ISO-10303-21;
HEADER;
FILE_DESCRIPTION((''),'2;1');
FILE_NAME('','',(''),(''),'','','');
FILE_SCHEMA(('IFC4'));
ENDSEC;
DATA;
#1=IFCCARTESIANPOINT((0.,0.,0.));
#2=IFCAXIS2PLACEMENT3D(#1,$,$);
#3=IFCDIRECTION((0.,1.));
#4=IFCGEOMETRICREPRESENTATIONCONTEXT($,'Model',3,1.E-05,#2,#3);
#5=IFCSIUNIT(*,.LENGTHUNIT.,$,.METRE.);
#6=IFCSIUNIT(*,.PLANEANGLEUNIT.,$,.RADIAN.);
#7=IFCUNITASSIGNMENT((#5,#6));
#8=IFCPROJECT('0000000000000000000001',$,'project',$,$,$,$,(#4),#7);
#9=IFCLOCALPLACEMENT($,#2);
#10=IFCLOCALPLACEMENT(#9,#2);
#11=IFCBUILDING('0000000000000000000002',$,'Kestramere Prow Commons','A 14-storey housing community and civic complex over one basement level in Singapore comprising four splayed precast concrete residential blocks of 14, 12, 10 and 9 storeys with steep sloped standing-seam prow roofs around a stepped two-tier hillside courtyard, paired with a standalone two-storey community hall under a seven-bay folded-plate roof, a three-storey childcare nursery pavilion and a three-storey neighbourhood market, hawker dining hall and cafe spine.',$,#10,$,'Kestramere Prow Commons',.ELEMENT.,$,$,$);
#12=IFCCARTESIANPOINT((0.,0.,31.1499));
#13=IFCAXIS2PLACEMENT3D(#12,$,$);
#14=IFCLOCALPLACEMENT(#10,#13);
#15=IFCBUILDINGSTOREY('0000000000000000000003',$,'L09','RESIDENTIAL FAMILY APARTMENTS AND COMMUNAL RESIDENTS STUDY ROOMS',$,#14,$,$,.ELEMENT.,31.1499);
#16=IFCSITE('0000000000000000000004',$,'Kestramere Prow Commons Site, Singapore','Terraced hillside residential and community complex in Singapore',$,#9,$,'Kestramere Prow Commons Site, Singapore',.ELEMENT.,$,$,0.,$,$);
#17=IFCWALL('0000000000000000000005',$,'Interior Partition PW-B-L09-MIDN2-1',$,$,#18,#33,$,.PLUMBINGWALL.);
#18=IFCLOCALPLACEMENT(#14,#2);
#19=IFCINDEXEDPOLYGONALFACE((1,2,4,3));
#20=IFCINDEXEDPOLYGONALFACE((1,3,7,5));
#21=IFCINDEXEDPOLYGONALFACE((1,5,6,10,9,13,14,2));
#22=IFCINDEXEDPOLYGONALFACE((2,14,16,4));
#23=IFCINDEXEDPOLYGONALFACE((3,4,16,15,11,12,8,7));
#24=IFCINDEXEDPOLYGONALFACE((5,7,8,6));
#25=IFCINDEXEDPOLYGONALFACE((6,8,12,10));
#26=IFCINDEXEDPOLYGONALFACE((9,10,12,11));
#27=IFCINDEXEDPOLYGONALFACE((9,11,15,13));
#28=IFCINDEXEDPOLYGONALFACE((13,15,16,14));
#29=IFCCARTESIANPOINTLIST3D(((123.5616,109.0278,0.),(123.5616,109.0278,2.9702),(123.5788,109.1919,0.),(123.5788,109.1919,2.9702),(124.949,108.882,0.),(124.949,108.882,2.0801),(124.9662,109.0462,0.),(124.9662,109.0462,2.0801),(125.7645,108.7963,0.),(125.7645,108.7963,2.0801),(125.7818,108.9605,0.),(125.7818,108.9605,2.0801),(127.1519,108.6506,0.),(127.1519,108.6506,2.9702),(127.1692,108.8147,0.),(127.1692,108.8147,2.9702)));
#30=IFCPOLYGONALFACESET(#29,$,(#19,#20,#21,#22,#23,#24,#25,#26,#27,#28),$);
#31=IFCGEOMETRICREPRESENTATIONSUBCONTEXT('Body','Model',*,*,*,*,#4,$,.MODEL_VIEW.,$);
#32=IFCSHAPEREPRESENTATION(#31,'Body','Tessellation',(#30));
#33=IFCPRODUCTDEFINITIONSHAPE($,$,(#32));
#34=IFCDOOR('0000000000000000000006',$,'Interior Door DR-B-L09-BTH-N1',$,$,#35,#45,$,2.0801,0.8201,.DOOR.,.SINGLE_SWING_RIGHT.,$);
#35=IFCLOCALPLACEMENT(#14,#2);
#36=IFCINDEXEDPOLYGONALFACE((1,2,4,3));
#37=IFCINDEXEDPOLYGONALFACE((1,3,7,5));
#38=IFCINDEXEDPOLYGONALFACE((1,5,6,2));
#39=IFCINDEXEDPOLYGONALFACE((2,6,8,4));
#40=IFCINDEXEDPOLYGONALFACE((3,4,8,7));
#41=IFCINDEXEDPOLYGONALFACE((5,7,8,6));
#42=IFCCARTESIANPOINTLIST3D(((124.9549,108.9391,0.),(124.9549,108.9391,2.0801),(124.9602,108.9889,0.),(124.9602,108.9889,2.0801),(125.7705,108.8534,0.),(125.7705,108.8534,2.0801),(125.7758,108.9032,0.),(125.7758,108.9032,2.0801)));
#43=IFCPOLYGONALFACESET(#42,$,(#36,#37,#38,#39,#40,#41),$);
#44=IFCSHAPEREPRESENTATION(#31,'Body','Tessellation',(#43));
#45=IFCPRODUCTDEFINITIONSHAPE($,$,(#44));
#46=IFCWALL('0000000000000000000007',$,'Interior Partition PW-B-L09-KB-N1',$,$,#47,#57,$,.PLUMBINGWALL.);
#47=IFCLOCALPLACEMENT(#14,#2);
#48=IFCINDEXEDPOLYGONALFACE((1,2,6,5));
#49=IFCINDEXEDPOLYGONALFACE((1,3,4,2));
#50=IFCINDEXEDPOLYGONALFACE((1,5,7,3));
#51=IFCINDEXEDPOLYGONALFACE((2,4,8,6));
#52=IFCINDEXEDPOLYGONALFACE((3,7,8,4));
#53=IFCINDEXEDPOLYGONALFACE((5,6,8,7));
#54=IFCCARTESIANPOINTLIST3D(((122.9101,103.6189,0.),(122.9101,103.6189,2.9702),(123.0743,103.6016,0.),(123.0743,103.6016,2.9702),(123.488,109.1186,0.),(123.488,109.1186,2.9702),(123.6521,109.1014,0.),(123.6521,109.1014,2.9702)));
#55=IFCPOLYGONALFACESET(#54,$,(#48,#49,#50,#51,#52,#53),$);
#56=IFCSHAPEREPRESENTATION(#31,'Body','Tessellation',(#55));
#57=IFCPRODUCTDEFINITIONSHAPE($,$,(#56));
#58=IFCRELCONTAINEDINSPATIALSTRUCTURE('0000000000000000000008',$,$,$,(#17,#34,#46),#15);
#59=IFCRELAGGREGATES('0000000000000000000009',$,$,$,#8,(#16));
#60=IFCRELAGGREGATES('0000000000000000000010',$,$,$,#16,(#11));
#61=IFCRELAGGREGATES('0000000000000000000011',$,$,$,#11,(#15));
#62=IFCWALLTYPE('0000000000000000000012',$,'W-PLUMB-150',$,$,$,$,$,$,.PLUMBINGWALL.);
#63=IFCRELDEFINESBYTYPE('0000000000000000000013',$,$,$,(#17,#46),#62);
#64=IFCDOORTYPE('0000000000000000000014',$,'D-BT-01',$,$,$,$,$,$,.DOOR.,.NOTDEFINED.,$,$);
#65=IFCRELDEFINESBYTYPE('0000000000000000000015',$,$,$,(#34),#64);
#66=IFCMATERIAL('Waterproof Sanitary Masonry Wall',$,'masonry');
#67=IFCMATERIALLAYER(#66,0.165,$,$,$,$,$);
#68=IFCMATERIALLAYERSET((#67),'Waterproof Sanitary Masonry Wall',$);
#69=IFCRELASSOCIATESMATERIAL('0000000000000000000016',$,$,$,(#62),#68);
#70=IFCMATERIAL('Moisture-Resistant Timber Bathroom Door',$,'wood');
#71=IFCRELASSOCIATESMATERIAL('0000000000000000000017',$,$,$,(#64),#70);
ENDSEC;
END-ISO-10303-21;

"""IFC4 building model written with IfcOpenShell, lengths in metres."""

from ifc_helpers import new_model, si_unit, direction, frame, frame_2d, origin, place, context, subcontext, project, spatial, rectangle, extrude, material, layer, layer_set, type_object, element, fill, save


model = new_model("IFC4")

# Units and contexts
model_context = context("Model", 3, precision=1e-05, world=origin(), true_north=direction((0.0, 1.0)))
body_context = subcontext(model_context, "Body", "Model", "MODEL_VIEW")
ifc_project = project(units=[si_unit("LENGTHUNIT", "METRE"), si_unit("PLANEANGLEUNIT", "RADIAN")], contexts=[model_context])

# Site, building, storey
site_placement = place(None, origin())
site = spatial("IfcSite", under=ifc_project, at=site_placement, Name="Kestramere Prow Commons Site, Singapore", Description="Terraced hillside residential and community complex in Singapore", LongName="Kestramere Prow Commons Site, Singapore", CompositionType="ELEMENT", RefElevation=0.0)
building_placement = place(site_placement, origin())
building = spatial("IfcBuilding", under=site, at=building_placement, Name="Kestramere Prow Commons", Description="A 14-storey housing community and civic complex over one basement level in Singapore comprising four splayed precast concrete residential blocks of 14, 12, 10 and 9 storeys with steep sloped standing-seam prow roofs around a stepped two-tier hillside courtyard, paired with a standalone two-storey community hall under a seven-bay folded-plate roof, a three-storey childcare nursery pavilion and a three-storey neighbourhood market, hawker dining hall and cafe spine.", LongName="Kestramere Prow Commons", CompositionType="ELEMENT")
storey_placement = place(building_placement, frame((0.0, 0.0, 31.1499)))
storey = spatial("IfcBuildingStorey", under=building, at=storey_placement, Name="L09", Description="RESIDENTIAL FAMILY APARTMENTS AND COMMUNAL RESIDENTS STUDY ROOMS", CompositionType="ELEMENT", Elevation=31.1499)

# Shared definitions
ifc_material_1 = material(Name="Waterproof Sanitary Masonry Wall", Category="masonry")
ifc_layer_1 = layer(ifc_material_1, 0.165)
ifc_layer_set_1 = layer_set([ifc_layer_1], Name="Waterproof Sanitary Masonry Wall")
wall_type_1 = type_object("IfcWallType", Name="W-PLUMB-150", PredefinedType="PLUMBINGWALL", material=ifc_layer_set_1)

# Wall, opening, door
wall_1_placement = place(storey_placement, frame((123.5701, 109.1099, 0.0), z_axis=(0.0, 0.0, 1.0), x_axis=(0.994527, -0.104484, 0.0)))
wall_1 = element("IfcWall", 1, at=wall_1_placement, inside=storey, type_object=wall_type_1, Name="Interior Partition PW-B-L09-MIDN2-1", PredefinedType="PLUMBINGWALL", context=body_context, shape_type="SweptSolid", body=[
    extrude(rectangle(XDim=3.6101, YDim=0.165, at=frame_2d((1.8052, 0.0))), origin(), (0.0, 0.0, 1.0), 2.9702),
])
opening_1_placement = place(wall_1_placement, frame((1.395, 0.0, 0.0)))
opening_1 = element("IfcOpeningElement", 2, at=opening_1_placement, cuts=wall_1, PredefinedType="OPENING", context=body_context, shape_type="SweptSolid", body=[
    extrude(rectangle(XDim=0.8201, YDim=2.0801, at=frame_2d((0.4102, 1.04))), frame((0.0, 0.0974, 0.0), z_axis=(0.0, -1.0, 0.0), x_axis=(1.0, 0.0, 0.0)), (0.0, 0.0, 1.0), 0.1951),
])
ifc_material_2 = material(Name="Moisture-Resistant Timber Bathroom Door", Category="wood")
door_type_1 = type_object("IfcDoorType", Name="D-BT-01", OperationType="NOTDEFINED", PredefinedType="DOOR", material=ifc_material_2)
door_1_placement = place(opening_1_placement, origin())
door_1 = element("IfcDoor", 3, at=door_1_placement, inside=storey, type_object=door_type_1, Name="Interior Door DR-B-L09-BTH-N1", OperationType="SINGLE_SWING_RIGHT", OverallHeight=2.0801, OverallWidth=0.8201, PredefinedType="DOOR", context=body_context, shape_type="SweptSolid", body=[
    extrude(rectangle(XDim=0.8201, YDim=2.0801, at=frame_2d((0.4102, 1.04))), frame((0.0, 0.0249, 0.0), z_axis=(0.0, -1.0, 0.0), x_axis=(1.0, 0.0, 0.0)), (0.0, 0.0, 1.0), 0.05),
])
fill(opening_1, door_1)

# Wall
wall_2_placement = place(storey_placement, frame((122.9922, 103.6101, 0.0), z_axis=(0.0, 0.0, 1.0), x_axis=(0.104499, 0.994525, 0.0)))
element("IfcWall", 4, at=wall_2_placement, inside=storey, type_object=wall_type_1, Name="Interior Partition PW-B-L09-KB-N1", PredefinedType="PLUMBINGWALL", context=body_context, shape_type="SweptSolid", body=[
    extrude(rectangle(XDim=5.53, YDim=0.165, at=frame_2d((2.7651, 0.0))), origin(), (0.0, 0.0, 1.0), 2.9702),
])

save(model, "model.ifc")
